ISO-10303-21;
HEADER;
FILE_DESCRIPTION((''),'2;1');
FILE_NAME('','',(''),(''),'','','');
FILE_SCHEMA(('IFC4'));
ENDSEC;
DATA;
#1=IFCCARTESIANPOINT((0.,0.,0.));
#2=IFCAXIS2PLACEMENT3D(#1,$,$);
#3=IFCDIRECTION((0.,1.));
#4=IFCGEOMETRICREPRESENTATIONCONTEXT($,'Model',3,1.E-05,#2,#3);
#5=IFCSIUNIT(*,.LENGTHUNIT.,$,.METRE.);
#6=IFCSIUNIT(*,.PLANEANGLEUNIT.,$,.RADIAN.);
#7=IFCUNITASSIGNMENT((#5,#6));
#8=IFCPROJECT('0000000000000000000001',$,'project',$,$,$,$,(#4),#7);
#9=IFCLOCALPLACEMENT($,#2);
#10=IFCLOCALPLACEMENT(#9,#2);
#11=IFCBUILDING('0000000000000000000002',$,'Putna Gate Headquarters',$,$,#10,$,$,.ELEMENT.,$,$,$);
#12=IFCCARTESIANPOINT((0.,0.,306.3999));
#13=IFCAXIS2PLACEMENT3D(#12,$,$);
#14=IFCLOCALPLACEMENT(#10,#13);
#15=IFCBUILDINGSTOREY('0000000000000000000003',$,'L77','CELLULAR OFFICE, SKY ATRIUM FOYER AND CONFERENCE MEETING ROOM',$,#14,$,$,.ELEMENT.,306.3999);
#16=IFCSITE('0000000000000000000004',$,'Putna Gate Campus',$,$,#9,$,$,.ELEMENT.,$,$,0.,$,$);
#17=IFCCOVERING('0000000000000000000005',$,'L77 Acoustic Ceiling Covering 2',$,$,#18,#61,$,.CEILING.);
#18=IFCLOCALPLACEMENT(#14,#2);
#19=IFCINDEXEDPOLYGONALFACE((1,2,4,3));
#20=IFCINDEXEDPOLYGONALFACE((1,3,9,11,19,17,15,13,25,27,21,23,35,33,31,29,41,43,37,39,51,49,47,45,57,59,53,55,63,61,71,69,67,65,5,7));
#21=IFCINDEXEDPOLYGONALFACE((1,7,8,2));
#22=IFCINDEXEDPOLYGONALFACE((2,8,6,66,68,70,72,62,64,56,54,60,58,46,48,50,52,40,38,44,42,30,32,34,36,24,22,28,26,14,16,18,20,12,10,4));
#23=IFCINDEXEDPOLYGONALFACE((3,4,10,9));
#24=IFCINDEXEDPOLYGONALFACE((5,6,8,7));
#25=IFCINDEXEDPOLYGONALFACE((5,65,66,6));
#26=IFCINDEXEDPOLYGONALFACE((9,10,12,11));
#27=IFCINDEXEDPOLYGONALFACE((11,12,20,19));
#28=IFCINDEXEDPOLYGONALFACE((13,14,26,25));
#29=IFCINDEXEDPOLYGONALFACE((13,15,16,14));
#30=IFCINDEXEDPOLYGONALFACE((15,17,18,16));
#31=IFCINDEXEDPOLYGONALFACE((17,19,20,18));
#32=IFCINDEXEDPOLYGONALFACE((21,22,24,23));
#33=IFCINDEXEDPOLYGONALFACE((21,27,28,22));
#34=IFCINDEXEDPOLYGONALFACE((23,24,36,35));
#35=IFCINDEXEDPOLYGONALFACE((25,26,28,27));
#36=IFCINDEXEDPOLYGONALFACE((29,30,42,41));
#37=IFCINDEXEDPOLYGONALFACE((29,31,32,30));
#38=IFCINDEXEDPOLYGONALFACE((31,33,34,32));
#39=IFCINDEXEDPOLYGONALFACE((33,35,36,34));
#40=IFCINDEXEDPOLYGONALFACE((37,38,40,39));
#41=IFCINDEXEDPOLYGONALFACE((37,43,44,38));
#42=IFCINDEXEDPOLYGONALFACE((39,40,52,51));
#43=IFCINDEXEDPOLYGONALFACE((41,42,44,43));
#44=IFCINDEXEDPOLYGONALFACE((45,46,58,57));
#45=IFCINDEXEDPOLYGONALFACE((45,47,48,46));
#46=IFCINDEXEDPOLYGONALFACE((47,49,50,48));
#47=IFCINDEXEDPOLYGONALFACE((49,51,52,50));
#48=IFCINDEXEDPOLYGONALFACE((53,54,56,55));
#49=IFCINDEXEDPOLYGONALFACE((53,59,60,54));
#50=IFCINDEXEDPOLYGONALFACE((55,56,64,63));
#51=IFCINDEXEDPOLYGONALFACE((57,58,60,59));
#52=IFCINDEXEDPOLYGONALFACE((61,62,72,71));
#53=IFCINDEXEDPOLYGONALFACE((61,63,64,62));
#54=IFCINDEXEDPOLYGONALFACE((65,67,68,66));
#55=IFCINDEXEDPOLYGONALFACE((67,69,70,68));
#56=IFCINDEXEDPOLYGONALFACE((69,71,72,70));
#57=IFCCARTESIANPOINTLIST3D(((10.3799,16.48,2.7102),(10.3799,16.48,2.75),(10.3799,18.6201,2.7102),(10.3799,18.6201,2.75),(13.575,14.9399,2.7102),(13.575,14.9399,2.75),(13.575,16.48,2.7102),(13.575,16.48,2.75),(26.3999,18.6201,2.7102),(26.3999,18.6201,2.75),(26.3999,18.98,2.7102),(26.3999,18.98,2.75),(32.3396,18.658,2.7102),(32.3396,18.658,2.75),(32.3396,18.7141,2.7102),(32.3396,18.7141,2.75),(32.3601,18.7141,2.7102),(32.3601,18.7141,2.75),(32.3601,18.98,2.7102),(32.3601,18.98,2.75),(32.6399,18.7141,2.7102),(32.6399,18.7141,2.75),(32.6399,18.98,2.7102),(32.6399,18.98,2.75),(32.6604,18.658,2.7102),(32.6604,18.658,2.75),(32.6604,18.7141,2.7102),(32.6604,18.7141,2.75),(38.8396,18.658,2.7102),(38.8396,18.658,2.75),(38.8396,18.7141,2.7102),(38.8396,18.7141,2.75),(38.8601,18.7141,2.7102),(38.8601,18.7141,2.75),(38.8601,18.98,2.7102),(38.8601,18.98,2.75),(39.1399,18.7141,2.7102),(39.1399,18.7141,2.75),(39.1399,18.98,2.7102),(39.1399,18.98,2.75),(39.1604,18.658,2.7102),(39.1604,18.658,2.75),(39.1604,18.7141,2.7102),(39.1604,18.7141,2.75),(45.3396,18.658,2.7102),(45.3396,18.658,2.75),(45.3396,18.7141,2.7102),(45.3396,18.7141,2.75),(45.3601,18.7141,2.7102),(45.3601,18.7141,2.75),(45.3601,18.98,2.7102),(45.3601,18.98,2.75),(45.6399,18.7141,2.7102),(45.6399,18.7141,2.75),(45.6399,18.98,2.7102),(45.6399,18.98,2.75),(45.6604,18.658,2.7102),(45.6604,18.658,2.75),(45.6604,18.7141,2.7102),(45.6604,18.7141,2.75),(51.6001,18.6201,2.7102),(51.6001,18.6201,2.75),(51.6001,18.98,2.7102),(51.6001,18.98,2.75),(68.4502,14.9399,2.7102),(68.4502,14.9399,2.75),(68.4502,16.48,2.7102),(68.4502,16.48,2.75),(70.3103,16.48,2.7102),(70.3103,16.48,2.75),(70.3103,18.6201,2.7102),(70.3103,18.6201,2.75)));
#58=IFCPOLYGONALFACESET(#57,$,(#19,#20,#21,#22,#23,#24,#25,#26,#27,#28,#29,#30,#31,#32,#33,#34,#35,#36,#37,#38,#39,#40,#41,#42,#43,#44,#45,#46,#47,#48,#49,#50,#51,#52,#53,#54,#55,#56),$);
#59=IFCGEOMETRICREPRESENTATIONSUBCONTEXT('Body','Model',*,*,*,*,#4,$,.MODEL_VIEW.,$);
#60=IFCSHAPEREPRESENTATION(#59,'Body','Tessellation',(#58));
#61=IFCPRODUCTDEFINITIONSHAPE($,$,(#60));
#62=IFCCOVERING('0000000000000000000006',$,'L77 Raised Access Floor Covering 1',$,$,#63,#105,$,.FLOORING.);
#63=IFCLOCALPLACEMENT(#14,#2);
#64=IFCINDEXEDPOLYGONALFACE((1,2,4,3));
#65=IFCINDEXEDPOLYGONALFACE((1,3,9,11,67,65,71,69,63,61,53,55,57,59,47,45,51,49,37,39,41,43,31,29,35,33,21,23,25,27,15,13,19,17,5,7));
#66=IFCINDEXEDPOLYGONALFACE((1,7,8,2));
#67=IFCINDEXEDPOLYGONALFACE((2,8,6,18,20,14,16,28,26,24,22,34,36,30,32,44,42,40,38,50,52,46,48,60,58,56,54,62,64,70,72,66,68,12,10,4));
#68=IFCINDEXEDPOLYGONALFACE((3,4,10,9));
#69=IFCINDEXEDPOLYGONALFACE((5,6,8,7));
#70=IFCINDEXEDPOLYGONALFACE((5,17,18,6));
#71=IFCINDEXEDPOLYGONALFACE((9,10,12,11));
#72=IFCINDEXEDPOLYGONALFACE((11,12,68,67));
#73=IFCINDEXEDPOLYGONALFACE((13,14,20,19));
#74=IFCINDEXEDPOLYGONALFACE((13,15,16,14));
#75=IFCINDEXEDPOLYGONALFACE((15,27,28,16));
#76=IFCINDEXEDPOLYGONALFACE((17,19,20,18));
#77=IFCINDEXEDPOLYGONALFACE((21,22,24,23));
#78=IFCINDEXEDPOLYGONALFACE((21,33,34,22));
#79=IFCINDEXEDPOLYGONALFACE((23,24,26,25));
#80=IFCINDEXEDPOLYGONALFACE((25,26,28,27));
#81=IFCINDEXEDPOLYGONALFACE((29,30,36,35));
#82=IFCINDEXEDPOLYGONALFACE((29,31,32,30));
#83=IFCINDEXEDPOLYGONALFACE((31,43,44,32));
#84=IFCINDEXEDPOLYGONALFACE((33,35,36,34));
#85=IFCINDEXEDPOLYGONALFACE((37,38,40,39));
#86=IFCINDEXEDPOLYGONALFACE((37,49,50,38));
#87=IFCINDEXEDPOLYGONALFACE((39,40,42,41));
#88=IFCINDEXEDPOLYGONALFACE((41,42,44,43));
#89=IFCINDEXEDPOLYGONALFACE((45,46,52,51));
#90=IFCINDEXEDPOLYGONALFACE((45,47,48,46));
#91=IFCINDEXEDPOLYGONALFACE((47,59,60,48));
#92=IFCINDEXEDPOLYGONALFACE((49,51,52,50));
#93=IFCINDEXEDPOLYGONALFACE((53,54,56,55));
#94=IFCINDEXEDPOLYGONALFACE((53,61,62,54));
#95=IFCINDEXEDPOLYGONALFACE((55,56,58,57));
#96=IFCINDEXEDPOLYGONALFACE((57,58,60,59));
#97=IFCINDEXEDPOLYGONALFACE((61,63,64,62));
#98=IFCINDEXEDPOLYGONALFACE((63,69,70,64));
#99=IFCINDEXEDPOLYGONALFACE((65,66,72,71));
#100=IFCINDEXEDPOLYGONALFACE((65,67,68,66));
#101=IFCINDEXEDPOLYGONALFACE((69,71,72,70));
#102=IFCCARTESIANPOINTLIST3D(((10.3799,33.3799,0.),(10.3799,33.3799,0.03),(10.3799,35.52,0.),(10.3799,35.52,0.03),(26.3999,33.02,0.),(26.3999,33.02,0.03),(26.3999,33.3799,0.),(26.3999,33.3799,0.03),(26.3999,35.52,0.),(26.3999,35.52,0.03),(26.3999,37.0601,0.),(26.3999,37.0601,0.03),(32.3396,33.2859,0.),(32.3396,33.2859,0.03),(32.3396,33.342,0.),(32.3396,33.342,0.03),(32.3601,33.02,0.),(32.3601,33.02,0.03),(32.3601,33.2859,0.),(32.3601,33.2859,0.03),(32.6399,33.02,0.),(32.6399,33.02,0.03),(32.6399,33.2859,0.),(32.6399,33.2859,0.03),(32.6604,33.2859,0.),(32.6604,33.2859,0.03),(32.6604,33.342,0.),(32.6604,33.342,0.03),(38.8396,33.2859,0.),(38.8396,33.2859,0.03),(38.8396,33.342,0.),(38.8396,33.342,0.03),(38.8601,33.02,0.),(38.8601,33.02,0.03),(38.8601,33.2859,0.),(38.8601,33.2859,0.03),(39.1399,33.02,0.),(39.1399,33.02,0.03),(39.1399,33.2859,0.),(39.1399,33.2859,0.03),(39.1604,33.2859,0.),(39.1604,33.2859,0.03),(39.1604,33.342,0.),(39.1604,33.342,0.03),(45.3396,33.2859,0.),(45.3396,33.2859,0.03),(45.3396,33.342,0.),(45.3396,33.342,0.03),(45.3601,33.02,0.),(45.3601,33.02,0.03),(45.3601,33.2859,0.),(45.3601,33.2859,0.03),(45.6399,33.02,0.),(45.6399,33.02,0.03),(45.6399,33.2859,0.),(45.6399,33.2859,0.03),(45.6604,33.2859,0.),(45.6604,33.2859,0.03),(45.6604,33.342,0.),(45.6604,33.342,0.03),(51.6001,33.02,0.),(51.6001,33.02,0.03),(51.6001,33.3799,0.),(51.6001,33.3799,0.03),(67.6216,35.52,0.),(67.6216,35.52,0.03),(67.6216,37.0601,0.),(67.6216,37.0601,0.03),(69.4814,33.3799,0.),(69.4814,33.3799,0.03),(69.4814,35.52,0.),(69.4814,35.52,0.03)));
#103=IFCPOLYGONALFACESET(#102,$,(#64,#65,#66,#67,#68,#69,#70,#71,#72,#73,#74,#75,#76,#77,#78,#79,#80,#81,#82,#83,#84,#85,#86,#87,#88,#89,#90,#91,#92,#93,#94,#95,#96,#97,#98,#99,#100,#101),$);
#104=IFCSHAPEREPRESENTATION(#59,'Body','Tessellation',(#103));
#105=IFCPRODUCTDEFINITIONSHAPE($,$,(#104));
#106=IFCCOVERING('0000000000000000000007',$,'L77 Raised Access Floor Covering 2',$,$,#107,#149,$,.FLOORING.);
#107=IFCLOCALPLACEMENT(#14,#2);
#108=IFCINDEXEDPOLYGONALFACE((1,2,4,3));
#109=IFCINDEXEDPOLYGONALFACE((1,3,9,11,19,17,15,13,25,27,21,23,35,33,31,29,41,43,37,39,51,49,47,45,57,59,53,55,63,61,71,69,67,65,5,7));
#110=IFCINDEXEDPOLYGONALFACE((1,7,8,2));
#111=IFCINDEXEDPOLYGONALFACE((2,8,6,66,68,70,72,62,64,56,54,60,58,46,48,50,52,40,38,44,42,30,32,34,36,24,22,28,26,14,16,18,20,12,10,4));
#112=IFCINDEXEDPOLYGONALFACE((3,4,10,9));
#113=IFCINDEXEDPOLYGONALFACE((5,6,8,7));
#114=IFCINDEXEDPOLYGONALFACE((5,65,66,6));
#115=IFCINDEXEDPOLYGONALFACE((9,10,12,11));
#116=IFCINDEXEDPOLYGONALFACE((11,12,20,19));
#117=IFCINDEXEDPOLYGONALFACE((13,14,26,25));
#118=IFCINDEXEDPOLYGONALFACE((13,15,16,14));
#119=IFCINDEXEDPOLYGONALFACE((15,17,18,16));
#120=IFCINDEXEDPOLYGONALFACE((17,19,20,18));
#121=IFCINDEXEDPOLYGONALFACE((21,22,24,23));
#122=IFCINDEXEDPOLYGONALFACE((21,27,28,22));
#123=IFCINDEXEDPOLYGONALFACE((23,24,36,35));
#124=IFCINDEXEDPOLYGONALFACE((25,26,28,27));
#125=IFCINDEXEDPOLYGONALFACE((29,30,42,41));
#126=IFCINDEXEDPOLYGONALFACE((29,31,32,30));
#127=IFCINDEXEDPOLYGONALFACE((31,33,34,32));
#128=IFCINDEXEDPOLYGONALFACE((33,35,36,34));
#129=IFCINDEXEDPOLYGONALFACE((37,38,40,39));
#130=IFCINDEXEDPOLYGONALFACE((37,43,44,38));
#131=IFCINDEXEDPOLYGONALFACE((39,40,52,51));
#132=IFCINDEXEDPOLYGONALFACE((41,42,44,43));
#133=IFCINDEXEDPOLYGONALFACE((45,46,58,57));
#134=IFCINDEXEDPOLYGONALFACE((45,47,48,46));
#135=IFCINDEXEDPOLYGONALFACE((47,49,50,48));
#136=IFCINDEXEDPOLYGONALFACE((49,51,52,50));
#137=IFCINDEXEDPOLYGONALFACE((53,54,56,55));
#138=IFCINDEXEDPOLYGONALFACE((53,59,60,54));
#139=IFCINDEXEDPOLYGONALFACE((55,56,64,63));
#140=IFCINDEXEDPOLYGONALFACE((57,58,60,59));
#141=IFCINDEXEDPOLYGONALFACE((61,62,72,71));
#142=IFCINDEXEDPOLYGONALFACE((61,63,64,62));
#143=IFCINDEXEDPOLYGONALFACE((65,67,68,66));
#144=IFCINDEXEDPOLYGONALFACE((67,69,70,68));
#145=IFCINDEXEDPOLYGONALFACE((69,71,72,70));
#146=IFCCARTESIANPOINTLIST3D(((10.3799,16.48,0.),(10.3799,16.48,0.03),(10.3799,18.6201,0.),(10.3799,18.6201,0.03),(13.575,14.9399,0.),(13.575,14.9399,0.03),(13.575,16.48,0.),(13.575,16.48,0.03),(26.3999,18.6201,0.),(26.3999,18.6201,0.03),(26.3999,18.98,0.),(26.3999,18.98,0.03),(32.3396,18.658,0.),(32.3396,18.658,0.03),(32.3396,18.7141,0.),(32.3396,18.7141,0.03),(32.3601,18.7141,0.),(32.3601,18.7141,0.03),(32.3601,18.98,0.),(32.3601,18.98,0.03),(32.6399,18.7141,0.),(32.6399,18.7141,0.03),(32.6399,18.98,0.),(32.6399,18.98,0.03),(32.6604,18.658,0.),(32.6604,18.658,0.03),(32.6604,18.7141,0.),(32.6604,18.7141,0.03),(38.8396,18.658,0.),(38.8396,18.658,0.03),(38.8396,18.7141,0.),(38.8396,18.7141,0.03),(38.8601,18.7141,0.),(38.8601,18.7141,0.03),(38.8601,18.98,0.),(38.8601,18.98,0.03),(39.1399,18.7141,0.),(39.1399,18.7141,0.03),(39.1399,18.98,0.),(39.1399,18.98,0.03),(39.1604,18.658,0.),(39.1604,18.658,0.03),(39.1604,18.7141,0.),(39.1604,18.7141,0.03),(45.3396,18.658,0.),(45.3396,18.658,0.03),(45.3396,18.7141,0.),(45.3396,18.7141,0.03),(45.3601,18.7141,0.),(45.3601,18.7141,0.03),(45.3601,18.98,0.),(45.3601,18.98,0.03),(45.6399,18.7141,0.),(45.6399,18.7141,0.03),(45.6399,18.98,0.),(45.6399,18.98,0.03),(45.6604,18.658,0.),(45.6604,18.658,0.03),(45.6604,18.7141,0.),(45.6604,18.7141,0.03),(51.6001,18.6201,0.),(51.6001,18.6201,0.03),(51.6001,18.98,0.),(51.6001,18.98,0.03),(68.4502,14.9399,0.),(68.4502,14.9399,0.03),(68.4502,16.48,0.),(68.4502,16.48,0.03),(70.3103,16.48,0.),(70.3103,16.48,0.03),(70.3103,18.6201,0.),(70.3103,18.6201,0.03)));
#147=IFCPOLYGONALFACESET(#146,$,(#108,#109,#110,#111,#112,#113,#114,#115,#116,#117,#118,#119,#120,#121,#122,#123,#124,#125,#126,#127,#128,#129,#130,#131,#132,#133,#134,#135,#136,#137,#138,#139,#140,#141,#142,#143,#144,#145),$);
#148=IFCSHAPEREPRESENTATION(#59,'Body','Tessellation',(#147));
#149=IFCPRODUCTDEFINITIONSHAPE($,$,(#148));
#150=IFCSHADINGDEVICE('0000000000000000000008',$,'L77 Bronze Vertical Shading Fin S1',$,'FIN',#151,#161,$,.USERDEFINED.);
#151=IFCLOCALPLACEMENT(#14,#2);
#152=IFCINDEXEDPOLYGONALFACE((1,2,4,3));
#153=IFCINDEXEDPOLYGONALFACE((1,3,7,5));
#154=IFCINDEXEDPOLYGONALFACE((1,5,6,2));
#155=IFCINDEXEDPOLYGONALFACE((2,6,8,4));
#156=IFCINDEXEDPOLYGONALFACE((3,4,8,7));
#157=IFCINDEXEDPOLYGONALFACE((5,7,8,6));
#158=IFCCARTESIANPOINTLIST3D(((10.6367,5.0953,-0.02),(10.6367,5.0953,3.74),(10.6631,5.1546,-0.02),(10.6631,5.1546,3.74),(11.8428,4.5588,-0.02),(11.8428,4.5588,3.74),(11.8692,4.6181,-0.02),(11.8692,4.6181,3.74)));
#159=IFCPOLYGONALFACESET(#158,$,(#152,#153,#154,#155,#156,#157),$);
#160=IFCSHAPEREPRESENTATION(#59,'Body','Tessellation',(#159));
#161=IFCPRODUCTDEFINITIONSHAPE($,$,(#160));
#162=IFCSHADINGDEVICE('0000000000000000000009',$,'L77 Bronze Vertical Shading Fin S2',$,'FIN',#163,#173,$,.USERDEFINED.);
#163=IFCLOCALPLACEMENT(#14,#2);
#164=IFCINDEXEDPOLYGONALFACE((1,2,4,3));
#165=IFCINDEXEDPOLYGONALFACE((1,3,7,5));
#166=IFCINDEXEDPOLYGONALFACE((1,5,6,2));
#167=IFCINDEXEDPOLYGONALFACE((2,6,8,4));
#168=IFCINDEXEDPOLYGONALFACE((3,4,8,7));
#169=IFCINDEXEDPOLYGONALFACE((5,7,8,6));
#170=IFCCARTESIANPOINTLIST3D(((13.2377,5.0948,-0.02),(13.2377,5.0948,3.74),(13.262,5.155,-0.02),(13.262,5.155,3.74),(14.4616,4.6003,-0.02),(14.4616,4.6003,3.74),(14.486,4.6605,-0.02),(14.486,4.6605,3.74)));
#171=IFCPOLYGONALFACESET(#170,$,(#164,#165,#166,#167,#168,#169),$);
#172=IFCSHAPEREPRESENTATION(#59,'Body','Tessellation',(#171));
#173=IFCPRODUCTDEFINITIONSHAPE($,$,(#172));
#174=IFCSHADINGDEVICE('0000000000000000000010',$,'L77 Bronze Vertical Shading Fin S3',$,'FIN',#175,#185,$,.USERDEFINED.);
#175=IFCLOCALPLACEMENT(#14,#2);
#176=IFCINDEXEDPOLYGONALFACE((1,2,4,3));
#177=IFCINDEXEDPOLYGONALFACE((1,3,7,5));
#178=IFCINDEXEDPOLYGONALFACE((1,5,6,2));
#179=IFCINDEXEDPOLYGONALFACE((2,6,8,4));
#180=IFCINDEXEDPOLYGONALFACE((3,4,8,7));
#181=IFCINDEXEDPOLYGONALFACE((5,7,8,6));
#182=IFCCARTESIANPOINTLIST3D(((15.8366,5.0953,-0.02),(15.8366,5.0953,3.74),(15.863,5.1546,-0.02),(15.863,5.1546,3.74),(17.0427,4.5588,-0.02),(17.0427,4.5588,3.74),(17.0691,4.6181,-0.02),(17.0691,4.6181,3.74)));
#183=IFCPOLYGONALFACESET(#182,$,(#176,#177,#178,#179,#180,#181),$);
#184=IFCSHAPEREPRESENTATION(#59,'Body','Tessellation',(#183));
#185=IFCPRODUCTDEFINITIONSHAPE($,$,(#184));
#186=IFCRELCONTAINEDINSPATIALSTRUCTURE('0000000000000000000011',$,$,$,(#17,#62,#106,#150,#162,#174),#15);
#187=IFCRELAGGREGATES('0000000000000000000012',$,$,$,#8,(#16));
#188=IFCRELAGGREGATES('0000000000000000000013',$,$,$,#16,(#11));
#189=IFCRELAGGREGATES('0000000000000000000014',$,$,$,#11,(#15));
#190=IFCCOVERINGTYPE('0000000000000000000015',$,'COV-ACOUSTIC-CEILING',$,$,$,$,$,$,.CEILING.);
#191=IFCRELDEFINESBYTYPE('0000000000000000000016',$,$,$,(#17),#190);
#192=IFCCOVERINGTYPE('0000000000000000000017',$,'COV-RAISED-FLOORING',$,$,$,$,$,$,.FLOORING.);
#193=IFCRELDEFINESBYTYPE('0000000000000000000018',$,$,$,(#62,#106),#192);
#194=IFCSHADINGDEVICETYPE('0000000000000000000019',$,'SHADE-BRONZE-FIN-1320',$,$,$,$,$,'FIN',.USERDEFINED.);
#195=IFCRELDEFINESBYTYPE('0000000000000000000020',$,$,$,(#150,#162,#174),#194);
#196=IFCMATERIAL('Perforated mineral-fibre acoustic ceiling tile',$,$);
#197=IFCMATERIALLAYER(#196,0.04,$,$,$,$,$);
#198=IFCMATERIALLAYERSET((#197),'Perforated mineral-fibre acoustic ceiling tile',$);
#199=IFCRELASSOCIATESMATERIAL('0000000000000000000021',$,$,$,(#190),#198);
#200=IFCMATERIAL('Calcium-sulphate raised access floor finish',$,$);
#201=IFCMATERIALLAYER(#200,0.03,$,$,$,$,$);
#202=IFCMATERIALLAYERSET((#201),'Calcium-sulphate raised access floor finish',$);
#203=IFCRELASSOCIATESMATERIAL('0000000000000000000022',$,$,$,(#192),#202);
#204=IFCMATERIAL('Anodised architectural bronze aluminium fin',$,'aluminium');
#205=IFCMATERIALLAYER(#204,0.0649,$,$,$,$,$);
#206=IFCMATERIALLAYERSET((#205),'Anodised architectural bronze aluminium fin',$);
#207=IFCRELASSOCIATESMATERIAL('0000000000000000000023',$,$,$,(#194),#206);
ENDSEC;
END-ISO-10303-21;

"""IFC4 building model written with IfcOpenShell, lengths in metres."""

from ifc_helpers import new_model, si_unit, direction, frame, origin, origin_2d, place, context, subcontext, project, spatial, polyline, rectangle, outline, extrude, material, layer, layer_set, type_object, element, save


model = new_model("IFC4")

# Units and contexts
model_context = context("Model", 3, precision=1e-05, world=origin(), true_north=direction((0.0, 1.0)))
body_context = subcontext(model_context, "Body", "Model", "MODEL_VIEW")
ifc_project = project(units=[si_unit("LENGTHUNIT", "METRE"), si_unit("PLANEANGLEUNIT", "RADIAN")], contexts=[model_context])

# Site, building, storey
site_placement = place(None, origin())
site = spatial("IfcSite", under=ifc_project, at=site_placement, Name="Putna Gate Campus", CompositionType="ELEMENT", RefElevation=0.0)
building_placement = place(site_placement, origin())
building = spatial("IfcBuilding", under=site, at=building_placement, Name="Putna Gate Headquarters", CompositionType="ELEMENT")
storey_placement = place(building_placement, frame((0.0, 0.0, 306.3999)))
storey = spatial("IfcBuildingStorey", under=building, at=storey_placement, Name="L77", Description="CELLULAR OFFICE, SKY ATRIUM FOYER AND CONFERENCE MEETING ROOM", CompositionType="ELEMENT", Elevation=306.3999)

# Coverings
ifc_material_1 = material(Name="Perforated mineral-fibre acoustic ceiling tile")
ifc_layer_1 = layer(ifc_material_1, 0.04)
ifc_layer_set_1 = layer_set([ifc_layer_1], Name="Perforated mineral-fibre acoustic ceiling tile")
covering_type_1 = type_object("IfcCoveringType", Name="COV-ACOUSTIC-CEILING", PredefinedType="CEILING", material=ifc_layer_set_1)
covering_1_placement = place(storey_placement, frame((0.0, 0.0, 2.7102)))
element("IfcCovering", 1, at=covering_1_placement, inside=storey, type_object=covering_type_1, Name="L77 Acoustic Ceiling Covering 2", PredefinedType="CEILING", context=body_context, shape_type="SweptSolid", body=[
    extrude(outline(polyline([(13.575, 16.48), (13.575, 14.9399), (68.4502, 14.9399), (68.4502, 16.48), (70.3103, 16.48), (70.3103, 18.6201), (51.6001, 18.6201), (51.6001, 18.98), (45.6399, 18.98), (45.6399, 18.7141), (45.6604, 18.7141), (45.6604, 18.658), (45.3396, 18.658), (45.3396, 18.7141), (45.3601, 18.7141), (45.3601, 18.98), (39.1399, 18.98), (39.1399, 18.7141), (39.1604, 18.7141), (39.1604, 18.658), (38.8396, 18.658), (38.8396, 18.7141), (38.8601, 18.7141), (38.8601, 18.98), (32.6399, 18.98), (32.6399, 18.7141), (32.6604, 18.7141), (32.6604, 18.658), (32.3396, 18.658), (32.3396, 18.7141), (32.3601, 18.7141), (32.3601, 18.98), (26.3999, 18.98), (26.3999, 18.6201), (10.3799, 18.6201), (10.3799, 16.48), (13.575, 16.48)])), origin(), (0.0, 0.0, 1.0), 0.0398),
])
ifc_material_2 = material(Name="Calcium-sulphate raised access floor finish")
ifc_layer_2 = layer(ifc_material_2, 0.03)
ifc_layer_set_2 = layer_set([ifc_layer_2], Name="Calcium-sulphate raised access floor finish")
covering_type_2 = type_object("IfcCoveringType", Name="COV-RAISED-FLOORING", PredefinedType="FLOORING", material=ifc_layer_set_2)
covering_2_placement = place(storey_placement, origin())
element("IfcCovering", 2, at=covering_2_placement, inside=storey, type_object=covering_type_2, Name="L77 Raised Access Floor Covering 1", PredefinedType="FLOORING", context=body_context, shape_type="SweptSolid", body=[
    extrude(outline(polyline([(45.3601, 33.2859), (45.3396, 33.2859), (45.3396, 33.342), (45.6604, 33.342), (45.6604, 33.2859), (45.6399, 33.2859), (45.6399, 33.02), (51.6001, 33.02), (51.6001, 33.3799), (69.4814, 33.3799), (69.4814, 35.52), (67.6216, 35.52), (67.6216, 37.0601), (26.3999, 37.0601), (26.3999, 35.52), (10.3799, 35.52), (10.3799, 33.3799), (26.3999, 33.3799), (26.3999, 33.02), (32.3601, 33.02), (32.3601, 33.2859), (32.3396, 33.2859), (32.3396, 33.342), (32.6604, 33.342), (32.6604, 33.2859), (32.6399, 33.2859), (32.6399, 33.02), (38.8601, 33.02), (38.8601, 33.2859), (38.8396, 33.2859), (38.8396, 33.342), (39.1604, 33.342), (39.1604, 33.2859), (39.1399, 33.2859), (39.1399, 33.02), (45.3601, 33.02), (45.3601, 33.2859)])), origin(), (0.0, 0.0, 1.0), 0.03),
])
covering_3_placement = place(storey_placement, origin())
element("IfcCovering", 3, at=covering_3_placement, inside=storey, type_object=covering_type_2, Name="L77 Raised Access Floor Covering 2", PredefinedType="FLOORING", context=body_context, shape_type="SweptSolid", body=[
    extrude(outline(polyline([(13.575, 16.48), (13.575, 14.9399), (68.4502, 14.9399), (68.4502, 16.48), (70.3103, 16.48), (70.3103, 18.6201), (51.6001, 18.6201), (51.6001, 18.98), (45.6399, 18.98), (45.6399, 18.7141), (45.6604, 18.7141), (45.6604, 18.658), (45.3396, 18.658), (45.3396, 18.7141), (45.3601, 18.7141), (45.3601, 18.98), (39.1399, 18.98), (39.1399, 18.7141), (39.1604, 18.7141), (39.1604, 18.658), (38.8396, 18.658), (38.8396, 18.7141), (38.8601, 18.7141), (38.8601, 18.98), (32.6399, 18.98), (32.6399, 18.7141), (32.6604, 18.7141), (32.6604, 18.658), (32.3396, 18.658), (32.3396, 18.7141), (32.3601, 18.7141), (32.3601, 18.98), (26.3999, 18.98), (26.3999, 18.6201), (10.3799, 18.6201), (10.3799, 16.48), (13.575, 16.48)])), origin(), (0.0, 0.0, 1.0), 0.03),
])

# Shading devices
ifc_material_3 = material(Name="Anodised architectural bronze aluminium fin", Category="aluminium")
ifc_layer_3 = layer(ifc_material_3, 0.0649)
ifc_layer_set_3 = layer_set([ifc_layer_3], Name="Anodised architectural bronze aluminium fin")
shading_device_type_1 = type_object("IfcShadingDeviceType", Name="SHADE-BRONZE-FIN-1320", ElementType="FIN", PredefinedType="USERDEFINED", material=ifc_layer_set_3)
for number, where, z_axis, x_axis, name in (
    (4, (11.2529, 4.8567, -0.02), (0.0, 0.0, 1.0), (0.913687, -0.406418, 0.0), "L77 Bronze Vertical Shading Fin S1"),
    (5, (13.8618, 4.8777, -0.02), (0.0, 0.0, 1.0), (0.927184, -0.374607, 0.0), "L77 Bronze Vertical Shading Fin S2"),
    (6, (16.4529, 4.8567, -0.02), (0.0, 0.0, 1.0), (0.913687, -0.406418, 0.0), "L77 Bronze Vertical Shading Fin S3"),
):
    element("IfcShadingDevice", number, at=place(storey_placement, frame(where, z_axis=z_axis, x_axis=x_axis)), inside=storey, type_object=shading_device_type_1, Name=name, ObjectType="FIN", PredefinedType="USERDEFINED", context=body_context, shape_type="SweptSolid", body=[
        extrude(rectangle(XDim=1.3201, YDim=0.0649, at=origin_2d()), origin(), (0.0, 0.0, 1.0), 3.76),
    ])

save(model, "model.ifc")
